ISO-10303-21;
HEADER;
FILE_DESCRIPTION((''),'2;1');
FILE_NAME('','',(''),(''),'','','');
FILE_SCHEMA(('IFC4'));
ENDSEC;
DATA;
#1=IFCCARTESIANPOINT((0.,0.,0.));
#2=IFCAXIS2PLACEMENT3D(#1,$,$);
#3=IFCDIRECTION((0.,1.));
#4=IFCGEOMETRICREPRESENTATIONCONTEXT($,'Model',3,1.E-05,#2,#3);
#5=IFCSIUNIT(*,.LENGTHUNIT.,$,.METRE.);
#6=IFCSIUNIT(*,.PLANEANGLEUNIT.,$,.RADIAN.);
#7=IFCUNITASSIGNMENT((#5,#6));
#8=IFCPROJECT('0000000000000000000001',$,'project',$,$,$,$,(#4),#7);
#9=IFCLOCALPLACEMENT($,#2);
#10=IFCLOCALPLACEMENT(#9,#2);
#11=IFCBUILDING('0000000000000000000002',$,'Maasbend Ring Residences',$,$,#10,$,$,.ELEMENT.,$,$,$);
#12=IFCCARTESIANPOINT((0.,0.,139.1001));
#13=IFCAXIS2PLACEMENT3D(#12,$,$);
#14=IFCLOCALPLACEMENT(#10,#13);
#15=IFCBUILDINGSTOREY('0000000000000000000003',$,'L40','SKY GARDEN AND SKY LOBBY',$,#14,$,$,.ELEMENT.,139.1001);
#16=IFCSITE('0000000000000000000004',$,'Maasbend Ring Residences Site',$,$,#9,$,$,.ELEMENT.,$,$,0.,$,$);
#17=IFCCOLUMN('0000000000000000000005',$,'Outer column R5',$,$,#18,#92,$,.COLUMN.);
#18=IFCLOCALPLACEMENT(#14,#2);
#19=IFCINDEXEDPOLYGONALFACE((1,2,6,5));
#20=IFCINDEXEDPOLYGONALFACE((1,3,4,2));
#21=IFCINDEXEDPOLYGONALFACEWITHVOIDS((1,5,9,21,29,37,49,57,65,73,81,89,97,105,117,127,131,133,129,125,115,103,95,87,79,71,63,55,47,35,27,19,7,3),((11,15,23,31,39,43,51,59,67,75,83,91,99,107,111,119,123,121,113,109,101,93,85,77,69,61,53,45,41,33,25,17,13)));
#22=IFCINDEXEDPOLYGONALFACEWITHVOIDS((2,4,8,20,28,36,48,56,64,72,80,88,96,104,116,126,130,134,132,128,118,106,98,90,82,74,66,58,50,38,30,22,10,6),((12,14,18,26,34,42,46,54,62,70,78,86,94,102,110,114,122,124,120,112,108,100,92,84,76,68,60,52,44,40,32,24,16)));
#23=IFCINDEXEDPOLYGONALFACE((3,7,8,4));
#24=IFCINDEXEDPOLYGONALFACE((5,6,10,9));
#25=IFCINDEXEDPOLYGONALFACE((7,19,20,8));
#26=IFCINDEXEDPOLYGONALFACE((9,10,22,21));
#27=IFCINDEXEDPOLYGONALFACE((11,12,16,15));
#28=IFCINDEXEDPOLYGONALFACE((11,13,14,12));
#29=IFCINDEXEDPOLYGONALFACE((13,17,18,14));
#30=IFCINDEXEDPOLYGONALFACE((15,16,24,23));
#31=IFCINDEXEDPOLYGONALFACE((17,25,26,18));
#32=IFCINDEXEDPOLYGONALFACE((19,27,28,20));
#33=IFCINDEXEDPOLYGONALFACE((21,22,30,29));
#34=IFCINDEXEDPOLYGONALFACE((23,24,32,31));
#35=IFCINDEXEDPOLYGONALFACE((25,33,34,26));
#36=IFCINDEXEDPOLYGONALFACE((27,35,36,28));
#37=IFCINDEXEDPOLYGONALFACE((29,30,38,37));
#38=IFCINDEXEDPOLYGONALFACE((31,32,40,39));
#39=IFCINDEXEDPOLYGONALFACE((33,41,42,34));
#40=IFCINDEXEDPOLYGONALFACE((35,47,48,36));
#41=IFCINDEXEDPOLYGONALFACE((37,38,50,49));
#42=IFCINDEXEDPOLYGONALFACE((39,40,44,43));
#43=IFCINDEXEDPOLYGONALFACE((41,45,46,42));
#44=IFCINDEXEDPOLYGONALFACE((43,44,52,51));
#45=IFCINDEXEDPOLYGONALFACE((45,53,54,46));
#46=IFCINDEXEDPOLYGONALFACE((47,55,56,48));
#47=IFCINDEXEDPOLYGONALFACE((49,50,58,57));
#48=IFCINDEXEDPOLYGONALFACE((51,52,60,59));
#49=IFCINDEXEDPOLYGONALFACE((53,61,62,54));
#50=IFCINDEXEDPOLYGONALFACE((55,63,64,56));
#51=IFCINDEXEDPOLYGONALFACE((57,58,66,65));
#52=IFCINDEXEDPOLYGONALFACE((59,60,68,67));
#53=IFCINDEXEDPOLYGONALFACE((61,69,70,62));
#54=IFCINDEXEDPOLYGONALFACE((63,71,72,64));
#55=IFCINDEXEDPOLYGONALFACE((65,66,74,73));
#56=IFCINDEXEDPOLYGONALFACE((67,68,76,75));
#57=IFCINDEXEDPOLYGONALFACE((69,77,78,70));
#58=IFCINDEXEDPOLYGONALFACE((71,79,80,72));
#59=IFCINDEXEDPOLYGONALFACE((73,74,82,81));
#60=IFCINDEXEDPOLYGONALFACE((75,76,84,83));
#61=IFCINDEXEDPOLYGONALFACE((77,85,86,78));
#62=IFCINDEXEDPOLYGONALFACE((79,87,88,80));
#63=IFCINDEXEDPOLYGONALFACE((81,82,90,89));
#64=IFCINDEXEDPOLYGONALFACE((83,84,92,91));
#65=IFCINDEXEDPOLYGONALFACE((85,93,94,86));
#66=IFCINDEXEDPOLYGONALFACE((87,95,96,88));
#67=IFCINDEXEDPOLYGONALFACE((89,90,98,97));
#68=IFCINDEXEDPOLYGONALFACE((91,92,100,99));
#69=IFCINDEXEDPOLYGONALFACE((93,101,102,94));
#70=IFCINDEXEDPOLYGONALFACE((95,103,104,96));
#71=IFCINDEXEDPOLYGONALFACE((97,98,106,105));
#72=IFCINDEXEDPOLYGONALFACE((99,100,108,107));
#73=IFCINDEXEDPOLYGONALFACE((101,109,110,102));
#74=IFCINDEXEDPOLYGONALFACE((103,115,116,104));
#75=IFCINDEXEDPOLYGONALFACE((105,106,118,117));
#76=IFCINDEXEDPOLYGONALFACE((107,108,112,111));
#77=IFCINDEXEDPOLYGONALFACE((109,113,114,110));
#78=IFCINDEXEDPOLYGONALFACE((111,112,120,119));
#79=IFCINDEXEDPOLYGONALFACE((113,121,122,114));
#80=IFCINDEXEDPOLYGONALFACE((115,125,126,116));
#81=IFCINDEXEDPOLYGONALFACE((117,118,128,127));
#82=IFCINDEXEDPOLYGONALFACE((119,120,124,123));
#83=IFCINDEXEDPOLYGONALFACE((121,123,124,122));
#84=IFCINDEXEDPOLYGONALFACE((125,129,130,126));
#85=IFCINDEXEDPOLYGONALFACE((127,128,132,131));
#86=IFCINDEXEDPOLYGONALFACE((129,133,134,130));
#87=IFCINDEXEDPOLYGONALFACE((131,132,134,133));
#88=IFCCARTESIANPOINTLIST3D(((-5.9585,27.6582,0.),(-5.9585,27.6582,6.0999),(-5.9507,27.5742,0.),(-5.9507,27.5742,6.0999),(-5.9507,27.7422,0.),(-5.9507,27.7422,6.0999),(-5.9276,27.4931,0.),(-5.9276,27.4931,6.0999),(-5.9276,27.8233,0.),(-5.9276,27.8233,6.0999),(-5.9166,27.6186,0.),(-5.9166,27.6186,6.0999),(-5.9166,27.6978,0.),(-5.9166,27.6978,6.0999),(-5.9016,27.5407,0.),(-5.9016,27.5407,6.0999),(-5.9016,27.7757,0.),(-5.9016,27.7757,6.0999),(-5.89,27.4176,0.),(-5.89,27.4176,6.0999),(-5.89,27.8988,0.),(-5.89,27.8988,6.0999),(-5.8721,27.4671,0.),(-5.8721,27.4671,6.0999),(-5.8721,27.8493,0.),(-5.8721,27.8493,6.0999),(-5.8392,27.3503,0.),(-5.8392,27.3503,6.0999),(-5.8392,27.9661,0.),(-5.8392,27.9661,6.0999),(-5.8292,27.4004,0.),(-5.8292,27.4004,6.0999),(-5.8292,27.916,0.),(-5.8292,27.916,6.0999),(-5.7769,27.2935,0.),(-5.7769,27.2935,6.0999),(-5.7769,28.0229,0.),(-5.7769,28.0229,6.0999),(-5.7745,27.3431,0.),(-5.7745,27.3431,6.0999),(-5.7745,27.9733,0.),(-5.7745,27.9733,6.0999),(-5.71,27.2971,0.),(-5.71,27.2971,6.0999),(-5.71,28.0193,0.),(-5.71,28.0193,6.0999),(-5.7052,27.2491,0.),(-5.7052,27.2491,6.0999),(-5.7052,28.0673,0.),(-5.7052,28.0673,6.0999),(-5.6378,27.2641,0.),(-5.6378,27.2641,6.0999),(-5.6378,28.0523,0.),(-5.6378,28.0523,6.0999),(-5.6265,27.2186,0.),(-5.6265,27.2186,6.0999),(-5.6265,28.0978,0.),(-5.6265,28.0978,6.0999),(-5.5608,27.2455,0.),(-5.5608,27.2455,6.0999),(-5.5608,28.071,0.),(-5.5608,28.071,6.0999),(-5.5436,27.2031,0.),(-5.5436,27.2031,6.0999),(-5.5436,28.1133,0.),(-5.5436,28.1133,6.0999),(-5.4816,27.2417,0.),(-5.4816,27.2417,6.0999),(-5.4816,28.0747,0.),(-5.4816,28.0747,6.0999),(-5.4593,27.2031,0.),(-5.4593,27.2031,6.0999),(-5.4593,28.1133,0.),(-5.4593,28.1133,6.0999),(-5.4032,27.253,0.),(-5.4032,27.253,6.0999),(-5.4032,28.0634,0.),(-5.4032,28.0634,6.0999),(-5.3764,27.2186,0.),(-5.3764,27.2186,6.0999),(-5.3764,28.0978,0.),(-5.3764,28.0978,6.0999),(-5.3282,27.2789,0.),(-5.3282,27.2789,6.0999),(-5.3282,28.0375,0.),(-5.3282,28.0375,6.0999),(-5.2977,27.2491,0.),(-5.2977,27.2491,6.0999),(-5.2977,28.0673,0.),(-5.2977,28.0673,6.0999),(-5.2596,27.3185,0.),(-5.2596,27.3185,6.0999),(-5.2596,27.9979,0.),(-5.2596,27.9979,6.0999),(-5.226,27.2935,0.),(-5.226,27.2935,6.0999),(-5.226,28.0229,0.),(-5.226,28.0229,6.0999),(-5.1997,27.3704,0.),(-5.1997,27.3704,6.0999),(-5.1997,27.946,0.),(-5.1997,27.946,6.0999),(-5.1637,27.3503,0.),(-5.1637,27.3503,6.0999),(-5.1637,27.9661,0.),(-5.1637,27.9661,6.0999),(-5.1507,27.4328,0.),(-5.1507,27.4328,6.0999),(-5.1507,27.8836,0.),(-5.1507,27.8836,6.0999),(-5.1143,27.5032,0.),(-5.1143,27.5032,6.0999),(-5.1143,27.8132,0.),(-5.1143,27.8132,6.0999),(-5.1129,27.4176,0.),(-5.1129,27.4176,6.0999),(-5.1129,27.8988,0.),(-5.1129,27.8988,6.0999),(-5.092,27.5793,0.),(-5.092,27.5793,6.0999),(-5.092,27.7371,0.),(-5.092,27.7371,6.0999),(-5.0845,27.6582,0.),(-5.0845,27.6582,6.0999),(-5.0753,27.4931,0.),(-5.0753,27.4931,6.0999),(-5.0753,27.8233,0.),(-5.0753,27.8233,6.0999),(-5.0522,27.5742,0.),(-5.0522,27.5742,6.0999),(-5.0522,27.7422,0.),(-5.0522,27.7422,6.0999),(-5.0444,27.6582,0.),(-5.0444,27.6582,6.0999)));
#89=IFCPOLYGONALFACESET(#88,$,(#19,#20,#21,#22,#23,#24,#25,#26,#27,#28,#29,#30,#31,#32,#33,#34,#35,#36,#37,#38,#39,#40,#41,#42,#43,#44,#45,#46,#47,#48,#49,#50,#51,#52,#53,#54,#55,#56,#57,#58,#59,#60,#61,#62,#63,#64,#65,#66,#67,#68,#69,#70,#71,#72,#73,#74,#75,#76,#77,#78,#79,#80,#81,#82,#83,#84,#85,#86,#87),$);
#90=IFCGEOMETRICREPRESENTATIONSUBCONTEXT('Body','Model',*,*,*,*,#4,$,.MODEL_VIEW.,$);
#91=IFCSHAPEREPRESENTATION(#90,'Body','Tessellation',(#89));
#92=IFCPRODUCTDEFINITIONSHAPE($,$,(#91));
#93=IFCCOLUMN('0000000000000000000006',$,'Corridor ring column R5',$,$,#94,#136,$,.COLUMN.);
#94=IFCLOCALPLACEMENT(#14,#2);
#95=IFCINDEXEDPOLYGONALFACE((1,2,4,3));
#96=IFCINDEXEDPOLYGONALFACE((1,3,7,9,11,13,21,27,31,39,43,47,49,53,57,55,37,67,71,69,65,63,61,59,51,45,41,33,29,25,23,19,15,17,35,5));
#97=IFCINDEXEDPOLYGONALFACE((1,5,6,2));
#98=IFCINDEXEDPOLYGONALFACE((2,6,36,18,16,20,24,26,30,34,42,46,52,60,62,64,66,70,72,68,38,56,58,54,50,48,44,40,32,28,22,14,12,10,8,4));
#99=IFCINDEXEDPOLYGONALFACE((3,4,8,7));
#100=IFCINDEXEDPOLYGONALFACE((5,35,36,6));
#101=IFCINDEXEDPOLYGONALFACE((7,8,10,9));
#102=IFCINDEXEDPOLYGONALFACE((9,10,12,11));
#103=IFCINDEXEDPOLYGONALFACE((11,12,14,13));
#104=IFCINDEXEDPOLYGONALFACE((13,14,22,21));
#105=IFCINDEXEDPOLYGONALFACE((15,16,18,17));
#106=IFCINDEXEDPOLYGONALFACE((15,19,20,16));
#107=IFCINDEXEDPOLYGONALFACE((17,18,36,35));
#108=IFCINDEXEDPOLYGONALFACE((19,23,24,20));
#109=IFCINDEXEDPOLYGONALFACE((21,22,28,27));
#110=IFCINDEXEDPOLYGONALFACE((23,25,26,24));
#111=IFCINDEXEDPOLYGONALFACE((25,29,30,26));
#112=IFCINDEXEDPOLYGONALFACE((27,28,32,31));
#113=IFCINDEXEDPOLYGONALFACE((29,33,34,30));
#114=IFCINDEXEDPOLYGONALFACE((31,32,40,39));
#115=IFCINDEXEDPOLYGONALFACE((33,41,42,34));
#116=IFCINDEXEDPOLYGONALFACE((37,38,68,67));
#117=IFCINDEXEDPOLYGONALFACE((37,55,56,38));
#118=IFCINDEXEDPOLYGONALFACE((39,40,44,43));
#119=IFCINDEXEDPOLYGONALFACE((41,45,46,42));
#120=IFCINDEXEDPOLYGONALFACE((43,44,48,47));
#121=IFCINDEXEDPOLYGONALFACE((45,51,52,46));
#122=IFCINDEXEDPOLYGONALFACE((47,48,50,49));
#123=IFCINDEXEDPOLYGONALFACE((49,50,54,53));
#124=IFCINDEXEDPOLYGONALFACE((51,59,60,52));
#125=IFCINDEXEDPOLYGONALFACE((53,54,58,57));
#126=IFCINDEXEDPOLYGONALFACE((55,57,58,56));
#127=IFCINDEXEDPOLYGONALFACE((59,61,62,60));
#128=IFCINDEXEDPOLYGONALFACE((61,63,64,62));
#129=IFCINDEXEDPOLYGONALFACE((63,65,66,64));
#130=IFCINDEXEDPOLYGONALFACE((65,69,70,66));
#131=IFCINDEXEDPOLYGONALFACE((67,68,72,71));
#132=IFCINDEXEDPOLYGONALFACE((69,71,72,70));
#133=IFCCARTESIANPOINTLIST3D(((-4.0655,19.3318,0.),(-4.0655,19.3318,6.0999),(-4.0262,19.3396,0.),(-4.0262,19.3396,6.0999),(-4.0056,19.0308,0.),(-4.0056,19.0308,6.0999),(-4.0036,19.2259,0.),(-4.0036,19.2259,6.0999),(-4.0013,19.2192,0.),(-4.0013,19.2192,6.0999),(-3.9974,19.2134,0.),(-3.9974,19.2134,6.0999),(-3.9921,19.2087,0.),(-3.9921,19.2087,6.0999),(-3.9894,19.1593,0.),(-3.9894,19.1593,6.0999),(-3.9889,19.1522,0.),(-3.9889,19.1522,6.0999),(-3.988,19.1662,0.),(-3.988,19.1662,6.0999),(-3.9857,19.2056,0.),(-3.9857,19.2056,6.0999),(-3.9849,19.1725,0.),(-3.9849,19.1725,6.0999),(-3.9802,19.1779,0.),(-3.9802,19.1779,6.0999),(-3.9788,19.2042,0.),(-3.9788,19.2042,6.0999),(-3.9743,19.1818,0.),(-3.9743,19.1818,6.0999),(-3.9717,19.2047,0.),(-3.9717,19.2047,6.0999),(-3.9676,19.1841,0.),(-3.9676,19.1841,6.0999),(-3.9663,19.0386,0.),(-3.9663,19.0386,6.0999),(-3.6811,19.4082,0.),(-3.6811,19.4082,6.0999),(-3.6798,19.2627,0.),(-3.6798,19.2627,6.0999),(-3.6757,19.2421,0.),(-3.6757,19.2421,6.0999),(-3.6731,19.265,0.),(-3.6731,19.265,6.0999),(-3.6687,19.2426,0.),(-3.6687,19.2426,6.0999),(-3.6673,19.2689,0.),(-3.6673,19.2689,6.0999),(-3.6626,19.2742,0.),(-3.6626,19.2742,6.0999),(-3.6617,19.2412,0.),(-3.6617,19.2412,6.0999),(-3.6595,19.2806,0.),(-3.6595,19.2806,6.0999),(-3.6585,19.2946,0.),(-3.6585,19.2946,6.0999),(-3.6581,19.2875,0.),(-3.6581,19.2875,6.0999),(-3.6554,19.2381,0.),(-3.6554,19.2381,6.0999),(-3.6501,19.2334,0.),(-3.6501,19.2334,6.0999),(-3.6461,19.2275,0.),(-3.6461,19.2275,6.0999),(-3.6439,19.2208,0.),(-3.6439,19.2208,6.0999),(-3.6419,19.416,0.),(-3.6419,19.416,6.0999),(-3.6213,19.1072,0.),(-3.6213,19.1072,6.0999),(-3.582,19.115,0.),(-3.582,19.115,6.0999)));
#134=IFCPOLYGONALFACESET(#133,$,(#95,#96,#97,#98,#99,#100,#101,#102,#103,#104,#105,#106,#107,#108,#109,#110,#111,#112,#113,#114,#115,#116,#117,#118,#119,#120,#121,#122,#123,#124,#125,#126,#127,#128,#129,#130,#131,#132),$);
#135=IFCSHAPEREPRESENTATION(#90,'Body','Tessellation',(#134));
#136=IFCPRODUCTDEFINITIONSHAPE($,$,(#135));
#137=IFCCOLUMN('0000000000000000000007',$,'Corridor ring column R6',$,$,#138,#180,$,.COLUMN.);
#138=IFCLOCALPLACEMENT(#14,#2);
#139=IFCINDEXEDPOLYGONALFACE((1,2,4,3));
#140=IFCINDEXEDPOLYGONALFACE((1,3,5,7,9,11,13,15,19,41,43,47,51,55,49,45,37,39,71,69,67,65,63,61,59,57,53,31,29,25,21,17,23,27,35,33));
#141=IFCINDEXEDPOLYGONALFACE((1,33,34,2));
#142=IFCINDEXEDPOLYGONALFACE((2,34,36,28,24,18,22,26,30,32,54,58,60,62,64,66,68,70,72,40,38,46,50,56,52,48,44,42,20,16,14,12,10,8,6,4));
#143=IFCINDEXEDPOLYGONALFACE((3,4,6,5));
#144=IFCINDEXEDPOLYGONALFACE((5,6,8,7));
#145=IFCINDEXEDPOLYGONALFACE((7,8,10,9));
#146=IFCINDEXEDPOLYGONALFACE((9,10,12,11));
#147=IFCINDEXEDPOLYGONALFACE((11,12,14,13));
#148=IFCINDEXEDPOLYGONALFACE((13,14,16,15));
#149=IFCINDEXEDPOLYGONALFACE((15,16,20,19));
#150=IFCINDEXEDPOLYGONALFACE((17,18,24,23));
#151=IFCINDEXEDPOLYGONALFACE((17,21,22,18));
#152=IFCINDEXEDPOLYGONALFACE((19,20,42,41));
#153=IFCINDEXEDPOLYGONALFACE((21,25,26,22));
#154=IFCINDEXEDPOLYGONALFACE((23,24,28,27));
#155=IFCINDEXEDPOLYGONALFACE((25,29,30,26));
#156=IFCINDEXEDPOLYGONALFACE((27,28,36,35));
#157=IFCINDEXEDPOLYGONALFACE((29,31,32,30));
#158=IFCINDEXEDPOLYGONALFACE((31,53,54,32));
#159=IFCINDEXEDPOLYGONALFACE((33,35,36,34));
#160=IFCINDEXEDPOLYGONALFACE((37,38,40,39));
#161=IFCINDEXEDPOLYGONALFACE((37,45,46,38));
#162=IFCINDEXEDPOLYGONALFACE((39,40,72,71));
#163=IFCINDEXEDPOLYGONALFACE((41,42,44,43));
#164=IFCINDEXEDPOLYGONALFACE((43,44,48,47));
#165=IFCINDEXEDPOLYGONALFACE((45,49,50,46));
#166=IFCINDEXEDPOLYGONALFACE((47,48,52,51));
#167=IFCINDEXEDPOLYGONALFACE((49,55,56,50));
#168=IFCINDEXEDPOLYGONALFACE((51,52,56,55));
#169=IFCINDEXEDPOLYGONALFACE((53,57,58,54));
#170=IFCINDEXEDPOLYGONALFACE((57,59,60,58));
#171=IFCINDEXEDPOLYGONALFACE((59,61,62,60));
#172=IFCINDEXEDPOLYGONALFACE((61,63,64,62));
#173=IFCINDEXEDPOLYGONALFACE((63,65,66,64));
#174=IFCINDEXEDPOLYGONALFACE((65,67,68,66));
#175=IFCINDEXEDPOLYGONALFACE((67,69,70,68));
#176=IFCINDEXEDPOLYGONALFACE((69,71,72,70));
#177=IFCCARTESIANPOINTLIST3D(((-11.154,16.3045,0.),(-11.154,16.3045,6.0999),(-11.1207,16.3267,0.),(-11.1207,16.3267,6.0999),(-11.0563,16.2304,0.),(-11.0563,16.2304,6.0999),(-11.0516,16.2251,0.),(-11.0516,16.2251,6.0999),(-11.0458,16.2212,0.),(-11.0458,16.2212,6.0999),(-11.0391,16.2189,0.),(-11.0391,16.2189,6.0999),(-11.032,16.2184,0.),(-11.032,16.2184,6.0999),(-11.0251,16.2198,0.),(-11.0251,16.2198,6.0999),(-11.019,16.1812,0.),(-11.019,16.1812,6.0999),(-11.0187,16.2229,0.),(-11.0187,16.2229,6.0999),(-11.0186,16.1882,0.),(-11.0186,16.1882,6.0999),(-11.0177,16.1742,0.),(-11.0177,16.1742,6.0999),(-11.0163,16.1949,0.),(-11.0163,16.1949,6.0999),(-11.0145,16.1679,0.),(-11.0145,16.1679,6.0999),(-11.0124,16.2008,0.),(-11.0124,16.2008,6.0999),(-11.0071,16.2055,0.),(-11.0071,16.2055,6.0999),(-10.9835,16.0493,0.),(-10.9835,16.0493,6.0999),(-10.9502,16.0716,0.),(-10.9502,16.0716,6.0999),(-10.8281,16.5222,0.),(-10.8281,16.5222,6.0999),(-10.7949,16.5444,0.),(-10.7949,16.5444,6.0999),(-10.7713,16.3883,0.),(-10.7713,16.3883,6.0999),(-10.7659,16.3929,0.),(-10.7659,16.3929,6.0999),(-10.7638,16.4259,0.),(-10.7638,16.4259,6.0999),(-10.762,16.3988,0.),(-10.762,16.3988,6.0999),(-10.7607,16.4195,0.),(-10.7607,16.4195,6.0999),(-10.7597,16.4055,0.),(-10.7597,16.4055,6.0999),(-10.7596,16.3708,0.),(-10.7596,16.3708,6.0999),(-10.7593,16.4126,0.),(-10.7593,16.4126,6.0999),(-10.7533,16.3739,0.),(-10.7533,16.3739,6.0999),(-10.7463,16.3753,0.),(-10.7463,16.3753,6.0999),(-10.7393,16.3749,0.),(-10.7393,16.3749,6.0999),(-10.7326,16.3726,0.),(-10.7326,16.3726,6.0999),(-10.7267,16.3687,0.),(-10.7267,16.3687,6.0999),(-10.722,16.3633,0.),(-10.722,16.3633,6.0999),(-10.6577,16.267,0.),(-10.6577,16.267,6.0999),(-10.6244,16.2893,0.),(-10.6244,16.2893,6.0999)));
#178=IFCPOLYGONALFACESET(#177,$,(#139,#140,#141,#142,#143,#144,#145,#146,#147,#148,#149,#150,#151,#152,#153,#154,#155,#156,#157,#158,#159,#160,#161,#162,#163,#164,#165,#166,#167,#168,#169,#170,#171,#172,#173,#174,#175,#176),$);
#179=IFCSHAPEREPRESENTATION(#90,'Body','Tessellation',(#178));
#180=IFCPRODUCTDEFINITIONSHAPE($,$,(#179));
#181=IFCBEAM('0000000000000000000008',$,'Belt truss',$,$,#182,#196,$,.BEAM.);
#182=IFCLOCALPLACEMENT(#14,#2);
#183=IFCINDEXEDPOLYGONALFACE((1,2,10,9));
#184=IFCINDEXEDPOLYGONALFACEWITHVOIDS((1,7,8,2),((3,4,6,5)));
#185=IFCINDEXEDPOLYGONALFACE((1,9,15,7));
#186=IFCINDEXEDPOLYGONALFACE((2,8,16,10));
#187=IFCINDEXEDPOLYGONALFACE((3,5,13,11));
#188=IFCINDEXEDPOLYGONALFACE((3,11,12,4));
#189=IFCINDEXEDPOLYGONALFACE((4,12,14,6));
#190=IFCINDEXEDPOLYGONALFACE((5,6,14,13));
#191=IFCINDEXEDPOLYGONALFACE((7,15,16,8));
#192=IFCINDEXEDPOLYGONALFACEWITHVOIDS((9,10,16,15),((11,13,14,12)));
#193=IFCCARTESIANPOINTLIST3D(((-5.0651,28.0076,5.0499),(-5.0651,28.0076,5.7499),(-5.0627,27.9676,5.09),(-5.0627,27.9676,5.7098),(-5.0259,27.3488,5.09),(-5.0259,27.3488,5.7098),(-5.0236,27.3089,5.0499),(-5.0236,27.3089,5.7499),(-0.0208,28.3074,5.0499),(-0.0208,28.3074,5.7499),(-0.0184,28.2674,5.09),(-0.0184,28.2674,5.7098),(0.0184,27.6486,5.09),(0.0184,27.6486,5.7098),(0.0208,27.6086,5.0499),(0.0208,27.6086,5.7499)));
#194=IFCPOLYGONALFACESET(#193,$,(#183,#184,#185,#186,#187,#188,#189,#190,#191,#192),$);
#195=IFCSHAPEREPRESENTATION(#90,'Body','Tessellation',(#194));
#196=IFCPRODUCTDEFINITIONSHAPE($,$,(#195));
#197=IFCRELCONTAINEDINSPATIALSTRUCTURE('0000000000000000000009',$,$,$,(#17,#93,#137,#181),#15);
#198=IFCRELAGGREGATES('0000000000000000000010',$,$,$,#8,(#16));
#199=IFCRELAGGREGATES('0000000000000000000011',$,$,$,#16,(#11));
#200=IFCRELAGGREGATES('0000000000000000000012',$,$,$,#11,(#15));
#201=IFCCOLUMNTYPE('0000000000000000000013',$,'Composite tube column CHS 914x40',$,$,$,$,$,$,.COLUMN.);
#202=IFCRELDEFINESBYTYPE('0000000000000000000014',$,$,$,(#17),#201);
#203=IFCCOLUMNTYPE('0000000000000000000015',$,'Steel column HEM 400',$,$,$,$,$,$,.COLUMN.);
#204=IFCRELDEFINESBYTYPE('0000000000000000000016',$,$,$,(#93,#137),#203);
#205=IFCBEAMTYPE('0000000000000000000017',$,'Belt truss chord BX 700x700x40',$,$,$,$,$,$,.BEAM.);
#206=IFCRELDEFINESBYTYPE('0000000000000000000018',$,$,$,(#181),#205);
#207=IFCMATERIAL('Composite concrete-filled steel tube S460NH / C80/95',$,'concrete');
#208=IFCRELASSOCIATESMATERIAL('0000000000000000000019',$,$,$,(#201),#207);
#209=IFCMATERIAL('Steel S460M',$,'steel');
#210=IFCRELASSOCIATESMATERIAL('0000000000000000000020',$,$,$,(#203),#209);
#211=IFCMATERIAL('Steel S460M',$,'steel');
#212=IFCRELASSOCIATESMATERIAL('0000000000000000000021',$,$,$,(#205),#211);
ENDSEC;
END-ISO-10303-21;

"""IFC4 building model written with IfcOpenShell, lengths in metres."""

from ifc_helpers import new_model, si_unit, direction, frame, origin, origin_2d, place, context, subcontext, project, spatial, hollow_rectangle, hollow_circle, i_section, extrude, material, material_profile, profile_set, type_object, element, save


model = new_model("IFC4")

# Units and contexts
model_context = context("Model", 3, precision=1e-05, world=origin(), true_north=direction((0.0, 1.0)))
body_context = subcontext(model_context, "Body", "Model", "MODEL_VIEW")
ifc_project = project(units=[si_unit("LENGTHUNIT", "METRE"), si_unit("PLANEANGLEUNIT", "RADIAN")], contexts=[model_context])

# Site, building, storey
site_placement = place(None, origin())
site = spatial("IfcSite", under=ifc_project, at=site_placement, Name="Maasbend Ring Residences Site", CompositionType="ELEMENT", RefElevation=0.0)
building_placement = place(site_placement, origin())
building = spatial("IfcBuilding", under=site, at=building_placement, Name="Maasbend Ring Residences", CompositionType="ELEMENT")
storey_placement = place(building_placement, frame((0.0, 0.0, 139.1001)))
storey = spatial("IfcBuildingStorey", under=building, at=storey_placement, Name="L40", Description="SKY GARDEN AND SKY LOBBY", CompositionType="ELEMENT", Elevation=139.1001)

# Columns
ifc_material_1 = material(Name="Composite concrete-filled steel tube S460NH / C80/95", Category="concrete")
ifc_material_profile_1 = material_profile(ifc_material_1, hollow_circle(Radius=0.457, WallThickness=0.04, at=origin_2d()), Name="Composite tube column CHS 914x40")
ifc_profile_set_1 = profile_set([ifc_material_profile_1], Name="Composite concrete-filled steel tube S460NH / C80/95")
column_type_1 = type_object("IfcColumnType", Name="Composite tube column CHS 914x40", PredefinedType="COLUMN", material=ifc_profile_set_1)
column_placement = place(storey_placement, frame((-5.5015, 27.6582, 0.0), z_axis=(0.0, 0.0, 1.0), x_axis=(1.0, 0.0, 0.0)))
element("IfcColumn", 1, at=column_placement, inside=storey, type_object=column_type_1, Name="Outer column R5", PredefinedType="COLUMN", context=body_context, shape_type="SweptSolid", body=[
    extrude(hollow_circle(Radius=0.457, WallThickness=0.04, at=origin_2d()), origin(), (0.0, 0.0, 1.0), 6.0999),
])
ifc_material_2 = material(Name="Steel S460M", Category="steel")
ifc_material_profile_2 = material_profile(ifc_material_2, i_section(OverallWidth=0.3069, OverallDepth=0.4319, WebThickness=0.021, FlangeThickness=0.04, FilletRadius=0.0271, at=origin_2d()), Name="HEM 400")
ifc_profile_set_2 = profile_set([ifc_material_profile_2], Name="Steel S460M")
column_type_2 = type_object("IfcColumnType", Name="Steel column HEM 400", PredefinedType="COLUMN", material=ifc_profile_set_2)
for number, where, z_axis, x_axis, name in (
    (2, (-3.8237, 19.2234, 0.0), (0.0, 0.0, 1.0), (-0.19509, 0.980785, 0.0), "Corridor ring column R5"),
    (3, (-10.8892, 16.2969, 0.0), (0.0, 0.0, 1.0), (-0.55557, 0.83147, 0.0), "Corridor ring column R6"),
):
    element("IfcColumn", number, at=place(storey_placement, frame(where, z_axis=z_axis, x_axis=x_axis)), inside=storey, type_object=column_type_2, Name=name, PredefinedType="COLUMN", context=body_context, shape_type="SweptSolid", body=[
        extrude(i_section(OverallWidth=0.3069, OverallDepth=0.4319, WebThickness=0.021, FlangeThickness=0.04, FilletRadius=0.0271, at=origin_2d()), origin(), (0.0, 0.0, 1.0), 6.0999),
    ])

# Beam
ifc_material_3 = material(Name="Steel S460M", Category="steel")
ifc_material_profile_3 = material_profile(ifc_material_3, hollow_rectangle(XDim=0.7, YDim=0.7, WallThickness=0.04, at=origin_2d()), Name="Belt truss chord BX 700x700x40")
ifc_profile_set_3 = profile_set([ifc_material_profile_3], Name="Steel S460M")
beam_type_1 = type_object("IfcBeamType", Name="Belt truss chord BX 700x700x40", PredefinedType="BEAM", material=ifc_profile_set_3)
beam_placement = place(storey_placement, frame((0.0, 27.958, 5.3999), z_axis=(-0.998239, -0.059328, 0.0), x_axis=(0.059328, -0.998239, 0.0)))
element("IfcBeam", 4, at=beam_placement, inside=storey, type_object=beam_type_1, Name="Belt truss", PredefinedType="BEAM", context=body_context, shape_type="SweptSolid", body=[
    extrude(hollow_rectangle(XDim=0.7, YDim=0.7, WallThickness=0.04, at=origin_2d()), origin(), (0.0, 0.0, 1.0), 5.0532),
])

save(model, "model.ifc")
